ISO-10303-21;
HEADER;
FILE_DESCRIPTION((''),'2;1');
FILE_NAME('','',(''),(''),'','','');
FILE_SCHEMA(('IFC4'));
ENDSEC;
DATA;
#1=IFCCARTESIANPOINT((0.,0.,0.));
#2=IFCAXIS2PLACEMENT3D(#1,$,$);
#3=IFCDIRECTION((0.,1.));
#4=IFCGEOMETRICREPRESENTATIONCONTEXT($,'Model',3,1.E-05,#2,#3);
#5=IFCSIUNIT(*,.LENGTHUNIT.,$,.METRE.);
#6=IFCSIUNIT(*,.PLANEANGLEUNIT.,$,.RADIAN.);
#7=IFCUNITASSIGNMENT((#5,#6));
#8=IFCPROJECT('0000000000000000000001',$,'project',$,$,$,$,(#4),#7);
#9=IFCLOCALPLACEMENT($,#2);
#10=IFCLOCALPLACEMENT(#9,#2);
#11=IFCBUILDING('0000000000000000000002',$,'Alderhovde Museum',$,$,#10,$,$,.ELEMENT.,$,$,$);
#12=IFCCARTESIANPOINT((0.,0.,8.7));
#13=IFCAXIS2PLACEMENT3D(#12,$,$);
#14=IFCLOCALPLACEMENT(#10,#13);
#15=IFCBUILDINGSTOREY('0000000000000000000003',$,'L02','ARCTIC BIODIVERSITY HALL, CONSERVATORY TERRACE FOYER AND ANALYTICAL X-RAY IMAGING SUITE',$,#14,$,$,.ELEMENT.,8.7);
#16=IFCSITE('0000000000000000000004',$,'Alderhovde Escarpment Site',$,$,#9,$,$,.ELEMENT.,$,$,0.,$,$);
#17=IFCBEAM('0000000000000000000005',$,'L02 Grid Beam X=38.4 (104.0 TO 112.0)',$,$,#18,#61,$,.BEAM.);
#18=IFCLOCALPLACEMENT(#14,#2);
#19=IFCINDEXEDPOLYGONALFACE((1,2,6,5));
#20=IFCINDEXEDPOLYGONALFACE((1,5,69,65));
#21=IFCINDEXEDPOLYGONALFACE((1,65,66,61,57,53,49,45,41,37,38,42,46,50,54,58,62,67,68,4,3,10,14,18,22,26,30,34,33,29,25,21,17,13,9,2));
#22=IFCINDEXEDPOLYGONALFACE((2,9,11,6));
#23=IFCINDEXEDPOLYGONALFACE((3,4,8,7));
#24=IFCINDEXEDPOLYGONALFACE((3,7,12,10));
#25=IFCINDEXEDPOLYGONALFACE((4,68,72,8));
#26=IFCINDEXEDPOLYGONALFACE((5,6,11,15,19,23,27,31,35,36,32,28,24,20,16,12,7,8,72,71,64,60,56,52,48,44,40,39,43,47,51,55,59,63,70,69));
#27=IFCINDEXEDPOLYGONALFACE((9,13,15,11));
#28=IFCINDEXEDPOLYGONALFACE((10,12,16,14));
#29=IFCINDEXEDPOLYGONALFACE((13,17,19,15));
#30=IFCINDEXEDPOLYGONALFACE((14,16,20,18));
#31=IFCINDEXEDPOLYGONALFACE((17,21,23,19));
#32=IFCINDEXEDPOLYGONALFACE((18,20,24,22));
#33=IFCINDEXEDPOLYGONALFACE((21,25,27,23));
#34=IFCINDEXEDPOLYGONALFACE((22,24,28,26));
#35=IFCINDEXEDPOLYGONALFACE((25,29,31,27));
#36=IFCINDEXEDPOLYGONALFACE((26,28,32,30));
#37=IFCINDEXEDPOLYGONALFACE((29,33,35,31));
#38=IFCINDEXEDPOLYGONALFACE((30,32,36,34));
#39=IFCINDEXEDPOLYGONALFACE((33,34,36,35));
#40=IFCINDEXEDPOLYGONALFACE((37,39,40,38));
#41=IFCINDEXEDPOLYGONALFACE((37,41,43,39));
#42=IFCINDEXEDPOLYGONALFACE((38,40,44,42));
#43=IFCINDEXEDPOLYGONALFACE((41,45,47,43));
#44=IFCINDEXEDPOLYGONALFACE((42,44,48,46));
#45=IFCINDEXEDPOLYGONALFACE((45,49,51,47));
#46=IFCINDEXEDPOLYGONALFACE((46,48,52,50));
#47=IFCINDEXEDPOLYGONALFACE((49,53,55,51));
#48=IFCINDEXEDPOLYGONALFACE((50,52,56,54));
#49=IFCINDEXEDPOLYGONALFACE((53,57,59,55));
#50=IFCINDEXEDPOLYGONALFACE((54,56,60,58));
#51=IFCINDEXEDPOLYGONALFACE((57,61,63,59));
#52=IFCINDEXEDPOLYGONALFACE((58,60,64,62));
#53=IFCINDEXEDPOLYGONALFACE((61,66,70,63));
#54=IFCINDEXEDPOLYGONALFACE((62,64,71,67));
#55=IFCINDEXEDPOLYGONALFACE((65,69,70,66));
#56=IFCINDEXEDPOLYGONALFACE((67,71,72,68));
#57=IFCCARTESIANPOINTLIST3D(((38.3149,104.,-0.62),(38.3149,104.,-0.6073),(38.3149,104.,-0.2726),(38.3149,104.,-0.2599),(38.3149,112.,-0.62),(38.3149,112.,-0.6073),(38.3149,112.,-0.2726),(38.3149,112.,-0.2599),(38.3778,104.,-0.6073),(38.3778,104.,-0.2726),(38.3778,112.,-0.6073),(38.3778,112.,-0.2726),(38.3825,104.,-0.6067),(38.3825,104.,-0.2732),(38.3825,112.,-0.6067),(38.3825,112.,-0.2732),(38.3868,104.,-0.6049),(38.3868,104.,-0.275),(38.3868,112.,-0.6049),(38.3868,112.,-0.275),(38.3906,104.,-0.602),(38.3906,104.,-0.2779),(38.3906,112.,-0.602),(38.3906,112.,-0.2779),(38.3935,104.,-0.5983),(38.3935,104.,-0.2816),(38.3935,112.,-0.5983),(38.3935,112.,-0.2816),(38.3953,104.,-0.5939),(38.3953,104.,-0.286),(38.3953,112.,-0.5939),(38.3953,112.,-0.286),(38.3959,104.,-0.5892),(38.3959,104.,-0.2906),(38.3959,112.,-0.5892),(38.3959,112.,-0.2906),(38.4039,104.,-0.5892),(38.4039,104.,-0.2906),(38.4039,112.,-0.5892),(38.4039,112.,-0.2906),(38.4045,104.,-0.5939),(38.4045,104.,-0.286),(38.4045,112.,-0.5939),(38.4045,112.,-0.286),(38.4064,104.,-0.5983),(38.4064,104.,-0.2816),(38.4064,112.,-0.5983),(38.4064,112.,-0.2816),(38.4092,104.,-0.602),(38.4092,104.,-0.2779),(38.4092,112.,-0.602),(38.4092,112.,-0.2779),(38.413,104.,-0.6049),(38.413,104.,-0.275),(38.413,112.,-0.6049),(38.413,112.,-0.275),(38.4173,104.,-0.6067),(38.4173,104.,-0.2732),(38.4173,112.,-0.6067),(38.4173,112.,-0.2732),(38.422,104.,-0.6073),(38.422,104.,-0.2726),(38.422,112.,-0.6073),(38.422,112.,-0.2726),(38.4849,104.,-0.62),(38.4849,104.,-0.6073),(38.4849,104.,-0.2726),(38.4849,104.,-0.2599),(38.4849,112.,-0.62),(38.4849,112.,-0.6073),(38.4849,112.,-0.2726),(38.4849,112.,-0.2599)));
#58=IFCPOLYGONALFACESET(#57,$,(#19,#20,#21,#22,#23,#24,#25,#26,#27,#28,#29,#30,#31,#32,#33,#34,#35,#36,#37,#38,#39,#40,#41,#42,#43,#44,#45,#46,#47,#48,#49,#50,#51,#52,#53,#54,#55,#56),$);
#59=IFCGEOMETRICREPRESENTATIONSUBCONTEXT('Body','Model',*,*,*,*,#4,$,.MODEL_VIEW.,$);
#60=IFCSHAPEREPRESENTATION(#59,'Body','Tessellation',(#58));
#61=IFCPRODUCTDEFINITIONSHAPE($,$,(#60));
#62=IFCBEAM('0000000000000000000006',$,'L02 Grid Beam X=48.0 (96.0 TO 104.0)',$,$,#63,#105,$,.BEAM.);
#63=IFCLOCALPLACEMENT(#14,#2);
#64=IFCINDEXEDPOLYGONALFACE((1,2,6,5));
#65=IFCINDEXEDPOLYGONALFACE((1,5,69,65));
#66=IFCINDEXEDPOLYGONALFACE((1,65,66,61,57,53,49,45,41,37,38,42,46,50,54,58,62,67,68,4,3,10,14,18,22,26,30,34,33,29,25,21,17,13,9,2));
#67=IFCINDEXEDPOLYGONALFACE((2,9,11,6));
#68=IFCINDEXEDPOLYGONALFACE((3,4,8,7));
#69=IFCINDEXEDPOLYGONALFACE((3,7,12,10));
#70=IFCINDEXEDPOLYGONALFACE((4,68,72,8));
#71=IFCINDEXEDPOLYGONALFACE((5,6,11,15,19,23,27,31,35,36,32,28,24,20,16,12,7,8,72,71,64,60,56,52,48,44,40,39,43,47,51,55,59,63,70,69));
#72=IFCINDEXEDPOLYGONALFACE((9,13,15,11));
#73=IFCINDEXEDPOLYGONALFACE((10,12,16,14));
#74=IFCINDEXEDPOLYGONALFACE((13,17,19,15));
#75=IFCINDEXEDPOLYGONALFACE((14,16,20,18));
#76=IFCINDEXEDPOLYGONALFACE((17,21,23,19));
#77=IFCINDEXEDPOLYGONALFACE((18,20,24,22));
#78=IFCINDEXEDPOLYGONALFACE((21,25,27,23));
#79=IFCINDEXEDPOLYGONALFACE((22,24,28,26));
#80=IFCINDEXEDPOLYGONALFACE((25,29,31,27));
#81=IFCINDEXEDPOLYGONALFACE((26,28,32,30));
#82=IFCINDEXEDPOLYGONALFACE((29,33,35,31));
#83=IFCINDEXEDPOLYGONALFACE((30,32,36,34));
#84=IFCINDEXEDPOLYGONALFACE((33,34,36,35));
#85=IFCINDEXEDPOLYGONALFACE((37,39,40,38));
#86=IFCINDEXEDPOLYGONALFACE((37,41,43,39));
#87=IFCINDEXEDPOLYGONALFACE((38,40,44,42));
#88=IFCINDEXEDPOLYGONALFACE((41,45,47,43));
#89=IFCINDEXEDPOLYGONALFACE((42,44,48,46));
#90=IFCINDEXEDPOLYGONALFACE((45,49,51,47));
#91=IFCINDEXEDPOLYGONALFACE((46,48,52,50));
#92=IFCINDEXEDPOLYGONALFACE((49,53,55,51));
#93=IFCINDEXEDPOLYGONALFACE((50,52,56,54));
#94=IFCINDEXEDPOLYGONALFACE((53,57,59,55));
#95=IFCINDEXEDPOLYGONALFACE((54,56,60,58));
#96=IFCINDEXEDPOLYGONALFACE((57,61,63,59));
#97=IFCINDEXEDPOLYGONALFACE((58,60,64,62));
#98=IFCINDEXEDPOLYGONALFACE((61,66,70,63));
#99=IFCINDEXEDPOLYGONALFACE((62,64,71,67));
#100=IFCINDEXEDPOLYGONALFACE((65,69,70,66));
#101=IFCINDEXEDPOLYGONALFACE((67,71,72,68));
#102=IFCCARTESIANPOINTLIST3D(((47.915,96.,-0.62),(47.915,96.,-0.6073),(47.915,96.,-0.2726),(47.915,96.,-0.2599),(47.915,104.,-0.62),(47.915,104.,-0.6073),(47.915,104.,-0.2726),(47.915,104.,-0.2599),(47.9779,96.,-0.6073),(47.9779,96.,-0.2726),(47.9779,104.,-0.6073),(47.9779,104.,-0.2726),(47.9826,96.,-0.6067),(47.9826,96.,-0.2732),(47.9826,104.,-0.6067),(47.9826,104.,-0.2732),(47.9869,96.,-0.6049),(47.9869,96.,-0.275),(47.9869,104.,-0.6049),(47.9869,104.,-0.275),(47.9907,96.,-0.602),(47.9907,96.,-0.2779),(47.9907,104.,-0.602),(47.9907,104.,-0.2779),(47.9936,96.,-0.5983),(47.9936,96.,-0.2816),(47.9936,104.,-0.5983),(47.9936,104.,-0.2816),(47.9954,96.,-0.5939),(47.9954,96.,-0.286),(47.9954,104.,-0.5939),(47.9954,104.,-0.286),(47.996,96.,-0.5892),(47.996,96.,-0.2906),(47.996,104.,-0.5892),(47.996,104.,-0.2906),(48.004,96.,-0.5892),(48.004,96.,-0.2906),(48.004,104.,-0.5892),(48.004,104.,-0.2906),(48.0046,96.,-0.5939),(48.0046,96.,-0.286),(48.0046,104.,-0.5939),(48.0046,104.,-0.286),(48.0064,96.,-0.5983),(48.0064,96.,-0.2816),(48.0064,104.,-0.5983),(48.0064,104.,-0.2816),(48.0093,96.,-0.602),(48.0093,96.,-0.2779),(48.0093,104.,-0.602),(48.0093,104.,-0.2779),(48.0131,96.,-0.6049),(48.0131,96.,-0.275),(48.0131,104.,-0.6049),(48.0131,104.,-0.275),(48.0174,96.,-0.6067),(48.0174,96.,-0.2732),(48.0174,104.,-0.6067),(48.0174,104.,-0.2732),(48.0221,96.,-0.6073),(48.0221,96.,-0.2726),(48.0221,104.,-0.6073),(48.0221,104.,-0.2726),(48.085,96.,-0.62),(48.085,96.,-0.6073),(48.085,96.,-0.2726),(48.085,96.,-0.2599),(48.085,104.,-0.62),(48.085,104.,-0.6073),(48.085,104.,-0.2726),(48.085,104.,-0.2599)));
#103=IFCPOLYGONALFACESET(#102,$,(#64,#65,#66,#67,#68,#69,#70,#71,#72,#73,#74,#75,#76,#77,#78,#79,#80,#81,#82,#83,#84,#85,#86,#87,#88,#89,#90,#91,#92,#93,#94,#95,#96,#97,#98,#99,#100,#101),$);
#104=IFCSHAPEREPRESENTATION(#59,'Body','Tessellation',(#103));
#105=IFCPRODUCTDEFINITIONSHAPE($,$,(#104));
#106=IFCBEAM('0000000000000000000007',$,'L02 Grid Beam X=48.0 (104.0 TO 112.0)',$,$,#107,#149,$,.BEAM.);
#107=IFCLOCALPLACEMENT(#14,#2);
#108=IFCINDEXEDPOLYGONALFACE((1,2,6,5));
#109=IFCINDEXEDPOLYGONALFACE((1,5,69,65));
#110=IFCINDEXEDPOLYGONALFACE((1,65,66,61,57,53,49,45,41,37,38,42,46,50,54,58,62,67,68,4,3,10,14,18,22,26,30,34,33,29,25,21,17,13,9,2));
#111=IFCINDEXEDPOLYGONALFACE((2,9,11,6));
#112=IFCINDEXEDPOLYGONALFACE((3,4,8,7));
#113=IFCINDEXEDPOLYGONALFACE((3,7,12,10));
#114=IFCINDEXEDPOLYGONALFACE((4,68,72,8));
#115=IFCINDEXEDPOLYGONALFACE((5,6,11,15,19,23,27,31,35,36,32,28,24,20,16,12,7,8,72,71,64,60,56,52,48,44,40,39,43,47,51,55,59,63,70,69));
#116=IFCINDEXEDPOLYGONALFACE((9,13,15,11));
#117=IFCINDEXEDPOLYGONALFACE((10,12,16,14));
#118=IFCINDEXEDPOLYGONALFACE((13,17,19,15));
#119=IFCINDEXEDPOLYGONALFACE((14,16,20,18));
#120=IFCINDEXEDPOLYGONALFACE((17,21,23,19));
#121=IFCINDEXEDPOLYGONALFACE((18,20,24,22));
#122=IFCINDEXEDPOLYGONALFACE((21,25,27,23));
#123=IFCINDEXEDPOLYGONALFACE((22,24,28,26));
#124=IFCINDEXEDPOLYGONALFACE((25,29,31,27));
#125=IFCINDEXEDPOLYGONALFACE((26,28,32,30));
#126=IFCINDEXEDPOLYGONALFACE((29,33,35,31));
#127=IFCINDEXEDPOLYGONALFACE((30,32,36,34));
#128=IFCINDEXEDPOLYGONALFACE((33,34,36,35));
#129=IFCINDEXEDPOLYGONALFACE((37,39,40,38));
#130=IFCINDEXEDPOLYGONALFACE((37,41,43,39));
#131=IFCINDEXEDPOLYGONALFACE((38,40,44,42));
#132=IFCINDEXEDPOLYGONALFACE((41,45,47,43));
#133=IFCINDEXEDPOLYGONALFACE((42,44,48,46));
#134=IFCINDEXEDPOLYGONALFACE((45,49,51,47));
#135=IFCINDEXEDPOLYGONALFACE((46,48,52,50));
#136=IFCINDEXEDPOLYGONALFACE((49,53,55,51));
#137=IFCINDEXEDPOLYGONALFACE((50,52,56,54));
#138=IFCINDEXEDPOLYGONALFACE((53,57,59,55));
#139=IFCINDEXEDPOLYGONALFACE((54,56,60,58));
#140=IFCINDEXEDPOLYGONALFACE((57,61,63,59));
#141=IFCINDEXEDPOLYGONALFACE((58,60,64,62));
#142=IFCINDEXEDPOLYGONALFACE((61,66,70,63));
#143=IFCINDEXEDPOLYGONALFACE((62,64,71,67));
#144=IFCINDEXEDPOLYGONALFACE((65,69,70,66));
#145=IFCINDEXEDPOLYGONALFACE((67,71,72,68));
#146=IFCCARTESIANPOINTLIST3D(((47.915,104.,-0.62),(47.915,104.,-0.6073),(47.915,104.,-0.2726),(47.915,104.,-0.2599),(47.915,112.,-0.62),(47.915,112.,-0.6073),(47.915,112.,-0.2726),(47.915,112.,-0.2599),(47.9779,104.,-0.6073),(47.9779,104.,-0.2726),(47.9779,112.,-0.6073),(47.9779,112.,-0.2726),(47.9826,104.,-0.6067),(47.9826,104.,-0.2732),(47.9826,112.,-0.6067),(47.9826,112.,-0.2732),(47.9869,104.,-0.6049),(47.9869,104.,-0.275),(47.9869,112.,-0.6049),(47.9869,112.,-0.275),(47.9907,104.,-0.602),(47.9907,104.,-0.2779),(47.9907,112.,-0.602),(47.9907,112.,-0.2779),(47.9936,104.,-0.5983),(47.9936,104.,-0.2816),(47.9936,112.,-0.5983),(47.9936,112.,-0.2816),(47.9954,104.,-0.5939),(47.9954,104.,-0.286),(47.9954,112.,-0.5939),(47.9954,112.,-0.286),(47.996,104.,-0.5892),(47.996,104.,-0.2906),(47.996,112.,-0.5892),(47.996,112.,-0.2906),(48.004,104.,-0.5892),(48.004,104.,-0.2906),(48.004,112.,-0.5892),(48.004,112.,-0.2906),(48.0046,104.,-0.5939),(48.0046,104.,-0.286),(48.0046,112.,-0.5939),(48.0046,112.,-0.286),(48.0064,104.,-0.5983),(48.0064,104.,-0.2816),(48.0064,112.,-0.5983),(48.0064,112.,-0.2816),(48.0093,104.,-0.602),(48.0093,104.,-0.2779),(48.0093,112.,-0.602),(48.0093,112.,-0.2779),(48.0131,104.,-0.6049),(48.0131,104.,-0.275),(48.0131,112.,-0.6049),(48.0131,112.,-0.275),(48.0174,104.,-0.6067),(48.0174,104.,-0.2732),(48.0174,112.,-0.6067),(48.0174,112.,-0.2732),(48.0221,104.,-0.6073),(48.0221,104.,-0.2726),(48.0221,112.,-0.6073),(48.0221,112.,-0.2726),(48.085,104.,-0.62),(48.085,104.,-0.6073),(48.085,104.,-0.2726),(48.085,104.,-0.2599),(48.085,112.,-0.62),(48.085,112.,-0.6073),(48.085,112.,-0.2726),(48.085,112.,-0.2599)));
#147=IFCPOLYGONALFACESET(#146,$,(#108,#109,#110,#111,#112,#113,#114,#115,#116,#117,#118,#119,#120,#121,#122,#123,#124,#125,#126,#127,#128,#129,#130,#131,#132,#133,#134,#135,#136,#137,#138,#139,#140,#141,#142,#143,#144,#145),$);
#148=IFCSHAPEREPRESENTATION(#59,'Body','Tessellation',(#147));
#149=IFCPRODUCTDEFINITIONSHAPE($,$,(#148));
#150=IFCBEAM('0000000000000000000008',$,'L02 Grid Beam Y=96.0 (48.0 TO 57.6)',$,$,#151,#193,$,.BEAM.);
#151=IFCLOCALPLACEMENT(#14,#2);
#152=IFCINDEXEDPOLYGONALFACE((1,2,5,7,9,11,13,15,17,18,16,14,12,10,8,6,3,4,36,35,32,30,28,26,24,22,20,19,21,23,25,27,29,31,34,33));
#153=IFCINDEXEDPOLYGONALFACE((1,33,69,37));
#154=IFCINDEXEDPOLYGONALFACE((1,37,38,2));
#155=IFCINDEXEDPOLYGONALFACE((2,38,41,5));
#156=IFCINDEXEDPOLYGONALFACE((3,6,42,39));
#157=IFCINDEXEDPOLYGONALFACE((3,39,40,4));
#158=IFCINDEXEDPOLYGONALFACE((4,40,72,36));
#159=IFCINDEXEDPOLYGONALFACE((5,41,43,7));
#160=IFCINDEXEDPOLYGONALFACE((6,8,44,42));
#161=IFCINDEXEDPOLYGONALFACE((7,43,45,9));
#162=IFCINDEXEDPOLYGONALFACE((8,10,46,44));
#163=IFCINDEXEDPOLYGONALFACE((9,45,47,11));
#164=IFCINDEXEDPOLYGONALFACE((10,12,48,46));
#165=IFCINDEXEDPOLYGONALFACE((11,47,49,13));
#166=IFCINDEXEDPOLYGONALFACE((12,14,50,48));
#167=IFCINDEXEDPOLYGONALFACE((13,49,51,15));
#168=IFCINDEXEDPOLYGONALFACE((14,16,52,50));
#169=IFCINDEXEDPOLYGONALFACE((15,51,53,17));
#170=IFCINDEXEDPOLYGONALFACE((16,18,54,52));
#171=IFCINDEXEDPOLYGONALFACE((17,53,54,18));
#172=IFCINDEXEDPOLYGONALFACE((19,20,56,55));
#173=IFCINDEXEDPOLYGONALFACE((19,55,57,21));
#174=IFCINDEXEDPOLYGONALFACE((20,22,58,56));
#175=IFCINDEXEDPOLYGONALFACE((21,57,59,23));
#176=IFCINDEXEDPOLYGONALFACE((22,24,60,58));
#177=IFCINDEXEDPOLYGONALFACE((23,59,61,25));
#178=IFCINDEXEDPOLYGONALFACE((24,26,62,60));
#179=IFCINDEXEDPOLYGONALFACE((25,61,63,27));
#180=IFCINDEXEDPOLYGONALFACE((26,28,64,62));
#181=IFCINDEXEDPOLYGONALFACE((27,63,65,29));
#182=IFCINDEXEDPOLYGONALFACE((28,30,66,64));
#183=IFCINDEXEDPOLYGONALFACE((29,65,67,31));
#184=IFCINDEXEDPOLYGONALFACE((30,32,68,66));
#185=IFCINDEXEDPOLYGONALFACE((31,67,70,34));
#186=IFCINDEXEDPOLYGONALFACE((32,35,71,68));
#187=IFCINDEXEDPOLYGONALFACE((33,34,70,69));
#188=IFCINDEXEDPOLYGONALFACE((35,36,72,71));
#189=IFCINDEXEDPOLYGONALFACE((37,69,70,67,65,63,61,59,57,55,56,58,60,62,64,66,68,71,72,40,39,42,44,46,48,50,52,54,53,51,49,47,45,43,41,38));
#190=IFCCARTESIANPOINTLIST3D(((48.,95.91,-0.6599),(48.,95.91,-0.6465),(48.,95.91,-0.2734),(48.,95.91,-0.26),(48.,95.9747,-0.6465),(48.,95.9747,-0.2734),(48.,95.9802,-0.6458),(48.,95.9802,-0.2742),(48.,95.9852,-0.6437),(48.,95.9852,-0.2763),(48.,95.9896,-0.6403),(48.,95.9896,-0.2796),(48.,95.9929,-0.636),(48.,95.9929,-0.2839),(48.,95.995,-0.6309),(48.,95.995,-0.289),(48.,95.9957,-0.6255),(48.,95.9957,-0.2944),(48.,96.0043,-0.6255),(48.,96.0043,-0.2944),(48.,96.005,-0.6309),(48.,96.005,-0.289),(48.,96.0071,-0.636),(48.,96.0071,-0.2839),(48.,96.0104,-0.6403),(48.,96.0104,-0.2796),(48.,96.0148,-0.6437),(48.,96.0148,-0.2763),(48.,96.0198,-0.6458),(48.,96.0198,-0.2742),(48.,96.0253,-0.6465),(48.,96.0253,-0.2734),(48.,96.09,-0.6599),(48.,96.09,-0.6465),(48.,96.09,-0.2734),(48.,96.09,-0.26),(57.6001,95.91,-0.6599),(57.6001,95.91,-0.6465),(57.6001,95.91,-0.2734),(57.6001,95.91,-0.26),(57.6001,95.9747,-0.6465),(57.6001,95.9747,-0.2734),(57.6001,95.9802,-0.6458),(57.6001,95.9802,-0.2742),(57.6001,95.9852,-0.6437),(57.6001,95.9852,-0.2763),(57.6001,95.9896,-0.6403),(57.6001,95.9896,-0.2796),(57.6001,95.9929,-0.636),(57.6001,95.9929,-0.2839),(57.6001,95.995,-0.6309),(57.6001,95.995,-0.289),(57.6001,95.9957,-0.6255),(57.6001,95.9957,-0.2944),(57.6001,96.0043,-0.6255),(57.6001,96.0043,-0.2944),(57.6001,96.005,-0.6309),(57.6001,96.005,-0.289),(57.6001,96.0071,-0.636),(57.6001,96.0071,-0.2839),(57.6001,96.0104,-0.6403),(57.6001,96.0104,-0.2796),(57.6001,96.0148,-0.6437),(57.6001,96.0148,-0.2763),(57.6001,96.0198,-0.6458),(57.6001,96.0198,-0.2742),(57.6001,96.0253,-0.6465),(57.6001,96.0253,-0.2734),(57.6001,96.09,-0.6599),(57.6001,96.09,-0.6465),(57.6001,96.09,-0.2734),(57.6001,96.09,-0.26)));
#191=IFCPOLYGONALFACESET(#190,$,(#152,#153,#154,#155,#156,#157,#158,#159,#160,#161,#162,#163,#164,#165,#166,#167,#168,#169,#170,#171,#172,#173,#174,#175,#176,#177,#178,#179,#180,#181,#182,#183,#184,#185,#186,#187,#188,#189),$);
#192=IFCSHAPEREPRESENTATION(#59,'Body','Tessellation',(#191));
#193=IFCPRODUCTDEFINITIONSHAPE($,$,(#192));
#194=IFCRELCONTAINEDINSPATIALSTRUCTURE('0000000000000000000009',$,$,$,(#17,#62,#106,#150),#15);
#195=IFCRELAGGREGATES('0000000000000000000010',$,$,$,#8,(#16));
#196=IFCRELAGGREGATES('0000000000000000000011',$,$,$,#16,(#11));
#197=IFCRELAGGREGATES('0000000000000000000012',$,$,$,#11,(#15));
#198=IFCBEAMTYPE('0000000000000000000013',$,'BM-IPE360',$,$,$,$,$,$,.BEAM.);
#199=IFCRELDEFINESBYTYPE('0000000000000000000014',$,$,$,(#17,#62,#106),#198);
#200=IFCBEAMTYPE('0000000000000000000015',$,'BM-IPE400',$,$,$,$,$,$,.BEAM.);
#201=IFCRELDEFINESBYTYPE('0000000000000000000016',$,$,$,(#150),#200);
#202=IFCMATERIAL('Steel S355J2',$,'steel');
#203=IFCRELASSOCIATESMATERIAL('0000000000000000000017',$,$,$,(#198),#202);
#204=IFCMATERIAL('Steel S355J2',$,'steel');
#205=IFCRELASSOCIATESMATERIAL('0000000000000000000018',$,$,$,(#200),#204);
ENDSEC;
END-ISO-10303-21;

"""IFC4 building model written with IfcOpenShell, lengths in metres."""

from ifc_helpers import new_model, si_unit, direction, frame, origin, origin_2d, place, context, subcontext, project, spatial, i_section, extrude, material, material_profile, profile_set, type_object, element, save


model = new_model("IFC4")

# Units and contexts
model_context = context("Model", 3, precision=1e-05, world=origin(), true_north=direction((0.0, 1.0)))
body_context = subcontext(model_context, "Body", "Model", "MODEL_VIEW")
ifc_project = project(units=[si_unit("LENGTHUNIT", "METRE"), si_unit("PLANEANGLEUNIT", "RADIAN")], contexts=[model_context])

# Site, building, storey
site_placement = place(None, origin())
site = spatial("IfcSite", under=ifc_project, at=site_placement, Name="Alderhovde Escarpment Site", CompositionType="ELEMENT", RefElevation=0.0)
building_placement = place(site_placement, origin())
building = spatial("IfcBuilding", under=site, at=building_placement, Name="Alderhovde Museum", CompositionType="ELEMENT")
storey_placement = place(building_placement, frame((0.0, 0.0, 8.7)))
storey = spatial("IfcBuildingStorey", under=building, at=storey_placement, Name="L02", Description="ARCTIC BIODIVERSITY HALL, CONSERVATORY TERRACE FOYER AND ANALYTICAL X-RAY IMAGING SUITE", CompositionType="ELEMENT", Elevation=8.7)

# Beams
ifc_material_1 = material(Name="Steel S355J2", Category="steel")
ifc_material_profile_1 = material_profile(ifc_material_1, i_section(OverallWidth=0.1699, OverallDepth=0.3601, WebThickness=0.0081, FlangeThickness=0.0127, FilletRadius=0.0181, at=origin_2d()), Name="IPE 360")
ifc_profile_set_1 = profile_set([ifc_material_profile_1], Name="Steel S355J2")
beam_type_1 = type_object("IfcBeamType", Name="BM-IPE360", PredefinedType="BEAM", material=ifc_profile_set_1)
for number, where, z_axis, x_axis, name in (
    (1, (38.3999, 104.0, -0.4399), (0.0, 1.0, 0.0), (-1.0, 0.0, 0.0), "L02 Grid Beam X=38.4 (104.0 TO 112.0)"),
    (2, (48.0, 96.0, -0.4399), (0.0, 1.0, 0.0), (-1.0, 0.0, 0.0), "L02 Grid Beam X=48.0 (96.0 TO 104.0)"),
    (3, (48.0, 104.0, -0.4399), (0.0, 1.0, 0.0), (-1.0, 0.0, 0.0), "L02 Grid Beam X=48.0 (104.0 TO 112.0)"),
):
    element("IfcBeam", number, at=place(storey_placement, frame(where, z_axis=z_axis, x_axis=x_axis)), inside=storey, type_object=beam_type_1, Name=name, PredefinedType="BEAM", context=body_context, shape_type="SweptSolid", body=[
        extrude(i_section(OverallWidth=0.1699, OverallDepth=0.3601, WebThickness=0.0081, FlangeThickness=0.0127, FilletRadius=0.0181, at=origin_2d()), origin(), (0.0, 0.0, 1.0), 8.0),
    ])
ifc_material_2 = material(Name="Steel S355J2", Category="steel")
ifc_material_profile_2 = material_profile(ifc_material_2, i_section(OverallWidth=0.1799, OverallDepth=0.3999, WebThickness=0.0085, FlangeThickness=0.0134, FilletRadius=0.021, at=origin_2d()), Name="IPE 400")
ifc_profile_set_2 = profile_set([ifc_material_profile_2], Name="Steel S355J2")
beam_type_2 = type_object("IfcBeamType", Name="BM-IPE400", PredefinedType="BEAM", material=ifc_profile_set_2)
for number, where, z_axis, x_axis, name in (
    (4, (48.0, 96.0, -0.46), (1.0, 0.0, 0.0), (0.0, 1.0, 0.0), "L02 Grid Beam Y=96.0 (48.0 TO 57.6)"),
):
    element("IfcBeam", number, at=place(storey_placement, frame(where, z_axis=z_axis, x_axis=x_axis)), inside=storey, type_object=beam_type_2, Name=name, PredefinedType="BEAM", context=body_context, shape_type="SweptSolid", body=[
        extrude(i_section(OverallWidth=0.1799, OverallDepth=0.3999, WebThickness=0.0085, FlangeThickness=0.0134, FilletRadius=0.021, at=origin_2d()), origin(), (0.0, 0.0, 1.0), 9.6001),
    ])

save(model, "model.ifc")
